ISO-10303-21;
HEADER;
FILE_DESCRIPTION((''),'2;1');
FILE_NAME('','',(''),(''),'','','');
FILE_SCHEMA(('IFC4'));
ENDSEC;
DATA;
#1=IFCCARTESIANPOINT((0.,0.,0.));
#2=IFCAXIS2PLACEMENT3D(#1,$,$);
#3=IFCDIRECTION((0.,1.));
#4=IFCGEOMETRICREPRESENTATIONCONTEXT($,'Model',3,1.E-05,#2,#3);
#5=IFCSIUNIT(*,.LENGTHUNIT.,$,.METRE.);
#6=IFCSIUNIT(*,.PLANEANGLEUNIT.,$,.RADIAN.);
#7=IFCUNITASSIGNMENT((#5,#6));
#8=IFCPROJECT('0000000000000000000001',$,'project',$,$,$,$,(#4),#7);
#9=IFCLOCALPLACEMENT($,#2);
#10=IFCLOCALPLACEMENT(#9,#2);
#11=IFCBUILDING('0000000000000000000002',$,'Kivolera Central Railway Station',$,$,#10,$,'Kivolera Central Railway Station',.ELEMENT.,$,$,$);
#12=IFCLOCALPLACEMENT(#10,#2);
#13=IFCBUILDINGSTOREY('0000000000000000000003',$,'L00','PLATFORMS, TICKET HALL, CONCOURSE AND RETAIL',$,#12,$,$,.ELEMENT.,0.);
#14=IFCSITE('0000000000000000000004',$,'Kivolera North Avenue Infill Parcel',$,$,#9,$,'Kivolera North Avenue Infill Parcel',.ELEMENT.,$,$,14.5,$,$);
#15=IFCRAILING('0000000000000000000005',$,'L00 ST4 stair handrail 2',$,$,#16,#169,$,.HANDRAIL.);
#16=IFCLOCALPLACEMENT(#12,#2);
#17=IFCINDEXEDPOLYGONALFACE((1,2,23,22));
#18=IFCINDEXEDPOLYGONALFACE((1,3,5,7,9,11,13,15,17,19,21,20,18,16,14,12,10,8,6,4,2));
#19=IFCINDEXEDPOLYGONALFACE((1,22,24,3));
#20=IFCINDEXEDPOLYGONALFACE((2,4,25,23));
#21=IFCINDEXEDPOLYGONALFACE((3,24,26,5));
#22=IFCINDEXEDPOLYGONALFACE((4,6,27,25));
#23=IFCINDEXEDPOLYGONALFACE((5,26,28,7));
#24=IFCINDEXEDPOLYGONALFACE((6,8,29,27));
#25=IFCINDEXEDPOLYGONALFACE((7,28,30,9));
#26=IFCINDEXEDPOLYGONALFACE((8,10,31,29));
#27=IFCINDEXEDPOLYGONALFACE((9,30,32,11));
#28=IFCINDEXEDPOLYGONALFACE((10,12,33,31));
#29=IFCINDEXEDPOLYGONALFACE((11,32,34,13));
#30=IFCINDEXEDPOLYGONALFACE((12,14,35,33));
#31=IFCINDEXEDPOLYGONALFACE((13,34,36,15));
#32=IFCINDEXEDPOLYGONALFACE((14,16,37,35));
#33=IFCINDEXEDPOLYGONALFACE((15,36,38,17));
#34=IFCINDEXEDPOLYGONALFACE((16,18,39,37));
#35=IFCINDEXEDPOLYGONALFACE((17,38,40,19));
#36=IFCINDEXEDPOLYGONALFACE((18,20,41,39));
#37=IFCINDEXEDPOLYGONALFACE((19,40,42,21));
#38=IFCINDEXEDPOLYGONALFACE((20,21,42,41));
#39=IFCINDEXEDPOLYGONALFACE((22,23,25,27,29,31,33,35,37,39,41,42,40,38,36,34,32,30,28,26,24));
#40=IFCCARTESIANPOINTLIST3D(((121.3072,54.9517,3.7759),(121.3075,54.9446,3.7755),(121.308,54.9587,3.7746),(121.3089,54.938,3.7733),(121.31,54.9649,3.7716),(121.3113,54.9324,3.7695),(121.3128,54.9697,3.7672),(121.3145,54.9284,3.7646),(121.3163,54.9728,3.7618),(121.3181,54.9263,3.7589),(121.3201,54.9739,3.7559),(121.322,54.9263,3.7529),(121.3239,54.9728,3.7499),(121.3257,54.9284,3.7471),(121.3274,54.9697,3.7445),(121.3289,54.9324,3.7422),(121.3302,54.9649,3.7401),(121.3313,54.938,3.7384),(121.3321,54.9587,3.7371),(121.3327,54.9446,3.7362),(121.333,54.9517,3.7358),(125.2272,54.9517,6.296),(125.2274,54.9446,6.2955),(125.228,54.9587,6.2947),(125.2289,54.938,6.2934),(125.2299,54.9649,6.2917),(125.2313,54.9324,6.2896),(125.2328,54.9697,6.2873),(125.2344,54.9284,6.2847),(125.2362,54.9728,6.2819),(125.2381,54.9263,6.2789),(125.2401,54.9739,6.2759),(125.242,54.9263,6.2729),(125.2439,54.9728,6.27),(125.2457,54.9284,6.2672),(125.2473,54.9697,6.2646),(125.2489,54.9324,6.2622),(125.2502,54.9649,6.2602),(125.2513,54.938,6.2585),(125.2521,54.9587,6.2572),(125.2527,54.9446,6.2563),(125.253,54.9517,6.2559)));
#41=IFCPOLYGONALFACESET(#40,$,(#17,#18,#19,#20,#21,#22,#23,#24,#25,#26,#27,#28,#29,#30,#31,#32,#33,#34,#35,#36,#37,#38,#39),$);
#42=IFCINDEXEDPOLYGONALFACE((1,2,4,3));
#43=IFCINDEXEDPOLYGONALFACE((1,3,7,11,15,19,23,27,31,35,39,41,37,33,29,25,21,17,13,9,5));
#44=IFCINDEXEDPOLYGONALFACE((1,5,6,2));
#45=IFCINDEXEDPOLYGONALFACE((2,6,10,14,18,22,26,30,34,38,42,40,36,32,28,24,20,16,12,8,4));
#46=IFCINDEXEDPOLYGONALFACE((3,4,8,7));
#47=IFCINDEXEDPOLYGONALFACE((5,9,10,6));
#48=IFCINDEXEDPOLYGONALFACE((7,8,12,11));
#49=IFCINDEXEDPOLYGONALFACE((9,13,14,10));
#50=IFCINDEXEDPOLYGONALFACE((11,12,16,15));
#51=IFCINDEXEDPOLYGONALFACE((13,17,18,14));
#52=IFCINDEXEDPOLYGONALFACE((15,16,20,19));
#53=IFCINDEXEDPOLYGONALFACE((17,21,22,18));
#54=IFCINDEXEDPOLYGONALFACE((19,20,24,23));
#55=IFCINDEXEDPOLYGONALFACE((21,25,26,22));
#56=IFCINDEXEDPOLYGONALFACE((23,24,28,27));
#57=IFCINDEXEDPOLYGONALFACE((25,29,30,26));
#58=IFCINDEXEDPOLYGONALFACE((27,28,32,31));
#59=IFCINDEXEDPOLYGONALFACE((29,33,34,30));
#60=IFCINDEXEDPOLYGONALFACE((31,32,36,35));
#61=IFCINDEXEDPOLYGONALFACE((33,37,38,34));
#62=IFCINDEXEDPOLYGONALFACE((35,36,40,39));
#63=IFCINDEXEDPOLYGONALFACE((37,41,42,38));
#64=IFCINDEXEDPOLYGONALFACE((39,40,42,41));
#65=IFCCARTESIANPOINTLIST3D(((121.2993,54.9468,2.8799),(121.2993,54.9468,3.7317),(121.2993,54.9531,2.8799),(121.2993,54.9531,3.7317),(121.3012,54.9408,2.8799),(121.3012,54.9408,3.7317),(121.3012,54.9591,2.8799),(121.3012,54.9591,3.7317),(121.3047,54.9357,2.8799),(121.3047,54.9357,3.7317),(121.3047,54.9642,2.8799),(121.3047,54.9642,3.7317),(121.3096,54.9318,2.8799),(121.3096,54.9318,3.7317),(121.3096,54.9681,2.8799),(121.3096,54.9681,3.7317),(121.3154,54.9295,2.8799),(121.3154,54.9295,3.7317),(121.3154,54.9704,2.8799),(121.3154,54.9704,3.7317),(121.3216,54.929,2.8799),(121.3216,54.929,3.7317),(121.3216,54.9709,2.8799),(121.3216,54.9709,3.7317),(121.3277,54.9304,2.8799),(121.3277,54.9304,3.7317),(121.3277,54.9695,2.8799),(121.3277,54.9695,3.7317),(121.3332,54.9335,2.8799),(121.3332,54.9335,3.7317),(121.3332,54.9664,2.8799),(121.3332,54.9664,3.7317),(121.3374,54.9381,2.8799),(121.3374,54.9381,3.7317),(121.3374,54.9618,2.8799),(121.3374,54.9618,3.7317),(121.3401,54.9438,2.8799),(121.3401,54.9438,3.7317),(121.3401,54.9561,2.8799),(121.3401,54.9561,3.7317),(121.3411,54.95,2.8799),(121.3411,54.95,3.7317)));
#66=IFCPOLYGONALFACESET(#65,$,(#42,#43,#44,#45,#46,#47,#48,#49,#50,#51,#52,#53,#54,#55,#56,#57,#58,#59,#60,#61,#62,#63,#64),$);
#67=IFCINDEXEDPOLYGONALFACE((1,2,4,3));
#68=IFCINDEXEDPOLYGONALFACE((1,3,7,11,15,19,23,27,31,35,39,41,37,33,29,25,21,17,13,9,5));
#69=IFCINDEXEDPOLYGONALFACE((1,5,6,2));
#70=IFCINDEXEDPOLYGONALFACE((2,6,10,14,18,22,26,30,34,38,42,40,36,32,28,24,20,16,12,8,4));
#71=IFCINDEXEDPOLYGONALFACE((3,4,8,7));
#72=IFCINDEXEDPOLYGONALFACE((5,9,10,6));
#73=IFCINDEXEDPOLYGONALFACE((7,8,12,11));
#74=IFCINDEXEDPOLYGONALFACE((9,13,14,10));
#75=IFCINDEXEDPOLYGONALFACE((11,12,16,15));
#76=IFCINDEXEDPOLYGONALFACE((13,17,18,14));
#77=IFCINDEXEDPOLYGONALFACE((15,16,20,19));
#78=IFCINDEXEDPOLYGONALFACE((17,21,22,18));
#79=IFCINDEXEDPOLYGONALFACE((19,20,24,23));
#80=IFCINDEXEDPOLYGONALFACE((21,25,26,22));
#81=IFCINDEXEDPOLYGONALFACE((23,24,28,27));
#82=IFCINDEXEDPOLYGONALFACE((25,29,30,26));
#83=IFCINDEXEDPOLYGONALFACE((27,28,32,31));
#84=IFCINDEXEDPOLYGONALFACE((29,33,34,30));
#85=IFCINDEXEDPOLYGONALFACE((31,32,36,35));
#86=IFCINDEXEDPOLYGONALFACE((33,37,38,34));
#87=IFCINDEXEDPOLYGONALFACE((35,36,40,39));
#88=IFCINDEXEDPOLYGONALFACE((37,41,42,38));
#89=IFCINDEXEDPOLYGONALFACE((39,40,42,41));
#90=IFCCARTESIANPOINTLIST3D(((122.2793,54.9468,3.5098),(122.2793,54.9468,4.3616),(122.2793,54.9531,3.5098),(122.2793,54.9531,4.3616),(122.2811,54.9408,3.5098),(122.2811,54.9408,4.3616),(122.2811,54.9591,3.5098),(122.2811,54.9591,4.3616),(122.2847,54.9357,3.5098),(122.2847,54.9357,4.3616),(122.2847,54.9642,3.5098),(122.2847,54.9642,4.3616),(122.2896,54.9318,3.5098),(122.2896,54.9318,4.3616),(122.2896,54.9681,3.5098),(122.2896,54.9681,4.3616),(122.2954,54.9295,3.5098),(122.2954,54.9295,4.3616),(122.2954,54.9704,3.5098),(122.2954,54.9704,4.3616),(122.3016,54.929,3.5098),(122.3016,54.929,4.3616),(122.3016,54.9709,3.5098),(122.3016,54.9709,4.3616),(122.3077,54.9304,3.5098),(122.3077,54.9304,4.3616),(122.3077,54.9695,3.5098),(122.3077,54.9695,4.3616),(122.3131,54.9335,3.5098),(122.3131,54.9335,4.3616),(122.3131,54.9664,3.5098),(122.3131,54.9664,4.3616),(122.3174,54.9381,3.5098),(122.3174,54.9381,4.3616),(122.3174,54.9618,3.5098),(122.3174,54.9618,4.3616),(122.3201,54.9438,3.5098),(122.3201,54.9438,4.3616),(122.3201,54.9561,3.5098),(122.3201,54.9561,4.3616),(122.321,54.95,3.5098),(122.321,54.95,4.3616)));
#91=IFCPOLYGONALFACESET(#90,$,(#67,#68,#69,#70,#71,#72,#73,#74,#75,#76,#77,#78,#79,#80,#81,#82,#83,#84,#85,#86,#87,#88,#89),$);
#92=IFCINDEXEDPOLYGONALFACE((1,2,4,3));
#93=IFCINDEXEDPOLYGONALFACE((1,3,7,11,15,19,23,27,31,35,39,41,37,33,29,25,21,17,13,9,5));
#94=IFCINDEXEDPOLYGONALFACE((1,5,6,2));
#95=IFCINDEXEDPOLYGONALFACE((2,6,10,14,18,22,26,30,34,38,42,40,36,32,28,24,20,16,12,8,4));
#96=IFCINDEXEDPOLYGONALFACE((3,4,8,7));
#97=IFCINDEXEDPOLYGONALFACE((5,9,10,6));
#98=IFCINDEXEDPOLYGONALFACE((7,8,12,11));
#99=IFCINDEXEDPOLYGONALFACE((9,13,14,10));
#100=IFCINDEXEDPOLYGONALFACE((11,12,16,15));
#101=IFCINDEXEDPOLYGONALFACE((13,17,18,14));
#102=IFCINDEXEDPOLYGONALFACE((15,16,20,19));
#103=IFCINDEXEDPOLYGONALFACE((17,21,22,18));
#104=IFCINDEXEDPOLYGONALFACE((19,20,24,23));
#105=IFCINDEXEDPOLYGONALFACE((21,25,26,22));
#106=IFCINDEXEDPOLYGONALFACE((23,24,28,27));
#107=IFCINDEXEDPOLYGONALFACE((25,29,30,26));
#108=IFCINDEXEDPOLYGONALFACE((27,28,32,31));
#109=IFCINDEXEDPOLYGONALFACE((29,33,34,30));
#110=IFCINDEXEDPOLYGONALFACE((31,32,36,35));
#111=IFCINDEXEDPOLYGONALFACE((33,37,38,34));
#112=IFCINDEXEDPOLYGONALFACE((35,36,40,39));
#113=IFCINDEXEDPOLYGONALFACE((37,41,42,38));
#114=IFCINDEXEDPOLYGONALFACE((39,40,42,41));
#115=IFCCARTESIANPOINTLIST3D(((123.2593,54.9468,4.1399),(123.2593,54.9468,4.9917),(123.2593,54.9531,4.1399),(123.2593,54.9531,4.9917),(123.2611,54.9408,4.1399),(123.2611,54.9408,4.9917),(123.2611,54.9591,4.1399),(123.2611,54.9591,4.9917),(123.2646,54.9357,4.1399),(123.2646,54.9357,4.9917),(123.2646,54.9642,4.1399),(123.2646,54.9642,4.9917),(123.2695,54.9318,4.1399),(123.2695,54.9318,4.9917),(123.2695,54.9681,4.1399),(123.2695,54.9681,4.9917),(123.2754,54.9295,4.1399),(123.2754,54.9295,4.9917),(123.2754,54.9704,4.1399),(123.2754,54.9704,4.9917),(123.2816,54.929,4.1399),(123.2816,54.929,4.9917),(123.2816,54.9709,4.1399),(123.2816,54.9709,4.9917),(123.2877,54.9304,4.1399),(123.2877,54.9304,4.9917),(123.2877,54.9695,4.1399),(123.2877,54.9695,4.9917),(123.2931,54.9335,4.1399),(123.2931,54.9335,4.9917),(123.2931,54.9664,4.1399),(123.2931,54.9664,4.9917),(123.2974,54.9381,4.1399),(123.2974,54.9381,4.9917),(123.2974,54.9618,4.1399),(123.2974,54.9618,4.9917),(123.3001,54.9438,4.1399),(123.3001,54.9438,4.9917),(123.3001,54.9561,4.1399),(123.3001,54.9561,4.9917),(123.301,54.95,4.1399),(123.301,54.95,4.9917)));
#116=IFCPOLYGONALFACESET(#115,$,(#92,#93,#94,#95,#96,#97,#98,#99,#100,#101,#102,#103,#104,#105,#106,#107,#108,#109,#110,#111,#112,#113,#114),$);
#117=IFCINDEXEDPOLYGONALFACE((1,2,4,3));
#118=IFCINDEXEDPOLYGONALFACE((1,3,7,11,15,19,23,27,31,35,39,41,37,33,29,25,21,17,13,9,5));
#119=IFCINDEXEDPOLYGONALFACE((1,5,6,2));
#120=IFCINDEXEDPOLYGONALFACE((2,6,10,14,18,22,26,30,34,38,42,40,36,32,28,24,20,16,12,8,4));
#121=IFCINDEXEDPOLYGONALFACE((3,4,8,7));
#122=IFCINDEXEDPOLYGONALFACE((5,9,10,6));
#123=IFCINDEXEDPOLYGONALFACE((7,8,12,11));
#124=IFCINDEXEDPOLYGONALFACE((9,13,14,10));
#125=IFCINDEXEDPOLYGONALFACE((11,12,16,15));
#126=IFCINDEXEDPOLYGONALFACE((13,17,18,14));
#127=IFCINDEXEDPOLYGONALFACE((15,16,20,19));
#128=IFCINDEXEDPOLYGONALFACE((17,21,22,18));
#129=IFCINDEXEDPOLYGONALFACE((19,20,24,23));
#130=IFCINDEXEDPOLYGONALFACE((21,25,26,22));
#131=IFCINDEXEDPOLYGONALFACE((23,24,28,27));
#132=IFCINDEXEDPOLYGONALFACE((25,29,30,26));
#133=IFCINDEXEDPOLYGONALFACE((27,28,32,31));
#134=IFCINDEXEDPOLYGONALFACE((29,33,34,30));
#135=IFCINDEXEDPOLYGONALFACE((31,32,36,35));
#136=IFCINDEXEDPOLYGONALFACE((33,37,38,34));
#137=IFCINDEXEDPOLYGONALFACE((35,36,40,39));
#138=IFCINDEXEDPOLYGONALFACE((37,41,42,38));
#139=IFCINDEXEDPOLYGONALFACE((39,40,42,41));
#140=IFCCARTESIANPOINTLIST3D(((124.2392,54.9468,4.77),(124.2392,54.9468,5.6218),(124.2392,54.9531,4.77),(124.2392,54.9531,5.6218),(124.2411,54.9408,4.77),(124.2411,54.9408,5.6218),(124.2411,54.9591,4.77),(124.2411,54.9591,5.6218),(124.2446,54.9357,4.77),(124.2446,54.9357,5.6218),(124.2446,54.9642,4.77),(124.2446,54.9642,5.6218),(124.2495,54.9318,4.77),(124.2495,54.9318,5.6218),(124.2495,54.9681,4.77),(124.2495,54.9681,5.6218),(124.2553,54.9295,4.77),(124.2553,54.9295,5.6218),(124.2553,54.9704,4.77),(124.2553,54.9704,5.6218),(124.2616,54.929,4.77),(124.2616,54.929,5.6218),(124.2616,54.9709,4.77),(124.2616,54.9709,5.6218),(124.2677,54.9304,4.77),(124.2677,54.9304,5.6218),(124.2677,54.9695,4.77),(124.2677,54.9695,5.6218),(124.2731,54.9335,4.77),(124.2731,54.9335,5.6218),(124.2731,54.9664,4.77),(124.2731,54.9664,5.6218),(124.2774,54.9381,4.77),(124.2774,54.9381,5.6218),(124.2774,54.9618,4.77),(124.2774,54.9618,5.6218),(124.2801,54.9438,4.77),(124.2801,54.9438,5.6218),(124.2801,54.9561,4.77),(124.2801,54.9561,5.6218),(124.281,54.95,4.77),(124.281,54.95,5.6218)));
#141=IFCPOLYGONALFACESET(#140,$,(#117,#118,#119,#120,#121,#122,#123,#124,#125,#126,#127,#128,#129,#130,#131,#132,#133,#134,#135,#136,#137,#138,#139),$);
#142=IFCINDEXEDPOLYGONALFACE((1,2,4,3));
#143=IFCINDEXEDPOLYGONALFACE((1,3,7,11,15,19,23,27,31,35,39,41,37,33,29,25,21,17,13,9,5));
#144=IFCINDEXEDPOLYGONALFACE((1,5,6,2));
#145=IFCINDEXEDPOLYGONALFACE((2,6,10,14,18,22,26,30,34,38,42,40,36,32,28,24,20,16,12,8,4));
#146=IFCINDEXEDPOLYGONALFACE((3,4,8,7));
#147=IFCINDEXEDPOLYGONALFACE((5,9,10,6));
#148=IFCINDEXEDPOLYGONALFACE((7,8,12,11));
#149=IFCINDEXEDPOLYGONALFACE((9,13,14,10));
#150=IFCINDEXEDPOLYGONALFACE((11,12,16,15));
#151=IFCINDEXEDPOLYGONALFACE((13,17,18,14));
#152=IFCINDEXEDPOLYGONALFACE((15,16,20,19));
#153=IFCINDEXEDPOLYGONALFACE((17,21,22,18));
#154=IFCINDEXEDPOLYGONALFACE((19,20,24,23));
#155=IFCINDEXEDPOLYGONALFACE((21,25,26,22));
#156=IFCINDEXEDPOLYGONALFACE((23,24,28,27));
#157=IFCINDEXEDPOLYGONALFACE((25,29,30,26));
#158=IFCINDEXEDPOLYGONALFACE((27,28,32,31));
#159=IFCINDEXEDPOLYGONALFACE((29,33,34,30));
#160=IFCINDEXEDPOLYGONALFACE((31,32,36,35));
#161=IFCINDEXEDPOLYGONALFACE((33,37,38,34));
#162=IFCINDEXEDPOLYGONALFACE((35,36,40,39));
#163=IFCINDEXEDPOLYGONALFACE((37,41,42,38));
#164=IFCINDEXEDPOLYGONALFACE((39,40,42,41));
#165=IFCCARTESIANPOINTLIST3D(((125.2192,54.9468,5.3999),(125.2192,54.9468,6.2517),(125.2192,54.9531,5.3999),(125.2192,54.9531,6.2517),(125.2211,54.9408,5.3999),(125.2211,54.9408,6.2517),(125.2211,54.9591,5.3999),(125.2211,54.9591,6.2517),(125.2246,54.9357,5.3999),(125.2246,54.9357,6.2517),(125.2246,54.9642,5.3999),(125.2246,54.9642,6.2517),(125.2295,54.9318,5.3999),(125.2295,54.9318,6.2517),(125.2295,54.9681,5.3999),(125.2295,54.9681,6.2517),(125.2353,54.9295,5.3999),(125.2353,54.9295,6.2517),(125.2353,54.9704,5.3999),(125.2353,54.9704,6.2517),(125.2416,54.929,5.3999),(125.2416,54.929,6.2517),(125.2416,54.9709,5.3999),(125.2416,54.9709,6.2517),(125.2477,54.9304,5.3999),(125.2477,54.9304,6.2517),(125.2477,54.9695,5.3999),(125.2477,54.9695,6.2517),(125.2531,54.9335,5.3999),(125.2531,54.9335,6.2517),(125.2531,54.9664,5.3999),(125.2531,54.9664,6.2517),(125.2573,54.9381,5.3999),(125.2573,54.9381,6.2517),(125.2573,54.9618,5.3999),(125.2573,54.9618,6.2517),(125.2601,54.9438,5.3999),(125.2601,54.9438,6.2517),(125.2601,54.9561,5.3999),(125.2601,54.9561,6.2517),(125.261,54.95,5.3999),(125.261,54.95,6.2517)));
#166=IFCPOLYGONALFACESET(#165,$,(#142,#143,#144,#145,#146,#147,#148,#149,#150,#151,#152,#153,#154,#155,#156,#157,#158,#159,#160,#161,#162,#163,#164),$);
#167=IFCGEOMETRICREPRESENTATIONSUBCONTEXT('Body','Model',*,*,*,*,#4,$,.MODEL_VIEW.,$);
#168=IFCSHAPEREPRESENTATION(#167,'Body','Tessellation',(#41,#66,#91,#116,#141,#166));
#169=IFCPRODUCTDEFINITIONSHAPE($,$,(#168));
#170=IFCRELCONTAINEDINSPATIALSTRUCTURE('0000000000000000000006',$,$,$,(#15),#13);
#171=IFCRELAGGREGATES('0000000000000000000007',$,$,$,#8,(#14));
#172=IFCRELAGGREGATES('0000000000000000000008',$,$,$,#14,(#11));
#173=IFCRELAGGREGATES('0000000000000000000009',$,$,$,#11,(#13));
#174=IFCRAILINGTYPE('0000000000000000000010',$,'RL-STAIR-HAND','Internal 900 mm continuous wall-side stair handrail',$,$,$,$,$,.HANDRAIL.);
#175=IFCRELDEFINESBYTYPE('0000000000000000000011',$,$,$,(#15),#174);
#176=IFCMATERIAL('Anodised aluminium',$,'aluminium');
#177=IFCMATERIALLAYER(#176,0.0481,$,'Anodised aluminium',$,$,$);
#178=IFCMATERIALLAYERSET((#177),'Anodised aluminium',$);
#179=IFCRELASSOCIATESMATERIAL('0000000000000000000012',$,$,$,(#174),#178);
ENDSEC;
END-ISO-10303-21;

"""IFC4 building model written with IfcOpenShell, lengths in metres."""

from ifc_helpers import new_model, si_unit, direction, frame, origin, origin_2d, place, context, subcontext, project, spatial, circle, extrude, material, layer, layer_set, type_object, element, save


model = new_model("IFC4")

# Units and contexts
model_context = context("Model", 3, precision=1e-05, world=origin(), true_north=direction((0.0, 1.0)))
body_context = subcontext(model_context, "Body", "Model", "MODEL_VIEW")
ifc_project = project(units=[si_unit("LENGTHUNIT", "METRE"), si_unit("PLANEANGLEUNIT", "RADIAN")], contexts=[model_context])

# Site, building, storey
site_placement = place(None, origin())
site = spatial("IfcSite", under=ifc_project, at=site_placement, Name="Kivolera North Avenue Infill Parcel", LongName="Kivolera North Avenue Infill Parcel", CompositionType="ELEMENT", RefElevation=14.5)
building_placement = place(site_placement, origin())
building = spatial("IfcBuilding", under=site, at=building_placement, Name="Kivolera Central Railway Station", LongName="Kivolera Central Railway Station", CompositionType="ELEMENT")
storey_placement = place(building_placement, origin())
storey = spatial("IfcBuildingStorey", under=building, at=storey_placement, Name="L00", Description="PLATFORMS, TICKET HALL, CONCOURSE AND RETAIL", CompositionType="ELEMENT", Elevation=0.0)

# Railing
ifc_material_1 = material(Name="Anodised aluminium", Category="aluminium")
ifc_layer_1 = layer(ifc_material_1, 0.0481, Name="Anodised aluminium")
ifc_layer_set_1 = layer_set([ifc_layer_1], Name="Anodised aluminium")
railing_type_1 = type_object("IfcRailingType", Name="RL-STAIR-HAND", Description="Internal 900 mm continuous wall-side stair handrail", PredefinedType="HANDRAIL", material=ifc_layer_set_1)
railing_1_placement = place(storey_placement, frame((121.3201, 54.95, 2.8799)))
element("IfcRailing", 1, at=railing_1_placement, inside=storey, type_object=railing_type_1, Name="L00 ST4 stair handrail 2", PredefinedType="HANDRAIL", context=body_context, shape_type="SweptSolid", body=[
    extrude(circle(Radius=0.0239, at=origin_2d()), frame((0.0, 0.0, 0.876), z_axis=(0.841172, 0.0, 0.540768), x_axis=(0.0, 1.0, 0.0)), (0.0, 0.0, 1.0), 4.6602),
    extrude(circle(Radius=0.021, at=origin_2d()), origin(), (0.0, 0.0, 1.0), 0.8518),
    extrude(circle(Radius=0.021, at=origin_2d()), frame((0.98, 0.0, 0.6299)), (0.0, 0.0, 1.0), 0.8518),
    extrude(circle(Radius=0.021, at=origin_2d()), frame((1.96, 0.0, 1.26)), (0.0, 0.0, 1.0), 0.8518),
    extrude(circle(Radius=0.021, at=origin_2d()), frame((2.9399, 0.0, 1.8901)), (0.0, 0.0, 1.0), 0.8518),
    extrude(circle(Radius=0.021, at=origin_2d()), frame((3.9199, 0.0, 2.52)), (0.0, 0.0, 1.0), 0.8518),
])

save(model, "model.ifc")
